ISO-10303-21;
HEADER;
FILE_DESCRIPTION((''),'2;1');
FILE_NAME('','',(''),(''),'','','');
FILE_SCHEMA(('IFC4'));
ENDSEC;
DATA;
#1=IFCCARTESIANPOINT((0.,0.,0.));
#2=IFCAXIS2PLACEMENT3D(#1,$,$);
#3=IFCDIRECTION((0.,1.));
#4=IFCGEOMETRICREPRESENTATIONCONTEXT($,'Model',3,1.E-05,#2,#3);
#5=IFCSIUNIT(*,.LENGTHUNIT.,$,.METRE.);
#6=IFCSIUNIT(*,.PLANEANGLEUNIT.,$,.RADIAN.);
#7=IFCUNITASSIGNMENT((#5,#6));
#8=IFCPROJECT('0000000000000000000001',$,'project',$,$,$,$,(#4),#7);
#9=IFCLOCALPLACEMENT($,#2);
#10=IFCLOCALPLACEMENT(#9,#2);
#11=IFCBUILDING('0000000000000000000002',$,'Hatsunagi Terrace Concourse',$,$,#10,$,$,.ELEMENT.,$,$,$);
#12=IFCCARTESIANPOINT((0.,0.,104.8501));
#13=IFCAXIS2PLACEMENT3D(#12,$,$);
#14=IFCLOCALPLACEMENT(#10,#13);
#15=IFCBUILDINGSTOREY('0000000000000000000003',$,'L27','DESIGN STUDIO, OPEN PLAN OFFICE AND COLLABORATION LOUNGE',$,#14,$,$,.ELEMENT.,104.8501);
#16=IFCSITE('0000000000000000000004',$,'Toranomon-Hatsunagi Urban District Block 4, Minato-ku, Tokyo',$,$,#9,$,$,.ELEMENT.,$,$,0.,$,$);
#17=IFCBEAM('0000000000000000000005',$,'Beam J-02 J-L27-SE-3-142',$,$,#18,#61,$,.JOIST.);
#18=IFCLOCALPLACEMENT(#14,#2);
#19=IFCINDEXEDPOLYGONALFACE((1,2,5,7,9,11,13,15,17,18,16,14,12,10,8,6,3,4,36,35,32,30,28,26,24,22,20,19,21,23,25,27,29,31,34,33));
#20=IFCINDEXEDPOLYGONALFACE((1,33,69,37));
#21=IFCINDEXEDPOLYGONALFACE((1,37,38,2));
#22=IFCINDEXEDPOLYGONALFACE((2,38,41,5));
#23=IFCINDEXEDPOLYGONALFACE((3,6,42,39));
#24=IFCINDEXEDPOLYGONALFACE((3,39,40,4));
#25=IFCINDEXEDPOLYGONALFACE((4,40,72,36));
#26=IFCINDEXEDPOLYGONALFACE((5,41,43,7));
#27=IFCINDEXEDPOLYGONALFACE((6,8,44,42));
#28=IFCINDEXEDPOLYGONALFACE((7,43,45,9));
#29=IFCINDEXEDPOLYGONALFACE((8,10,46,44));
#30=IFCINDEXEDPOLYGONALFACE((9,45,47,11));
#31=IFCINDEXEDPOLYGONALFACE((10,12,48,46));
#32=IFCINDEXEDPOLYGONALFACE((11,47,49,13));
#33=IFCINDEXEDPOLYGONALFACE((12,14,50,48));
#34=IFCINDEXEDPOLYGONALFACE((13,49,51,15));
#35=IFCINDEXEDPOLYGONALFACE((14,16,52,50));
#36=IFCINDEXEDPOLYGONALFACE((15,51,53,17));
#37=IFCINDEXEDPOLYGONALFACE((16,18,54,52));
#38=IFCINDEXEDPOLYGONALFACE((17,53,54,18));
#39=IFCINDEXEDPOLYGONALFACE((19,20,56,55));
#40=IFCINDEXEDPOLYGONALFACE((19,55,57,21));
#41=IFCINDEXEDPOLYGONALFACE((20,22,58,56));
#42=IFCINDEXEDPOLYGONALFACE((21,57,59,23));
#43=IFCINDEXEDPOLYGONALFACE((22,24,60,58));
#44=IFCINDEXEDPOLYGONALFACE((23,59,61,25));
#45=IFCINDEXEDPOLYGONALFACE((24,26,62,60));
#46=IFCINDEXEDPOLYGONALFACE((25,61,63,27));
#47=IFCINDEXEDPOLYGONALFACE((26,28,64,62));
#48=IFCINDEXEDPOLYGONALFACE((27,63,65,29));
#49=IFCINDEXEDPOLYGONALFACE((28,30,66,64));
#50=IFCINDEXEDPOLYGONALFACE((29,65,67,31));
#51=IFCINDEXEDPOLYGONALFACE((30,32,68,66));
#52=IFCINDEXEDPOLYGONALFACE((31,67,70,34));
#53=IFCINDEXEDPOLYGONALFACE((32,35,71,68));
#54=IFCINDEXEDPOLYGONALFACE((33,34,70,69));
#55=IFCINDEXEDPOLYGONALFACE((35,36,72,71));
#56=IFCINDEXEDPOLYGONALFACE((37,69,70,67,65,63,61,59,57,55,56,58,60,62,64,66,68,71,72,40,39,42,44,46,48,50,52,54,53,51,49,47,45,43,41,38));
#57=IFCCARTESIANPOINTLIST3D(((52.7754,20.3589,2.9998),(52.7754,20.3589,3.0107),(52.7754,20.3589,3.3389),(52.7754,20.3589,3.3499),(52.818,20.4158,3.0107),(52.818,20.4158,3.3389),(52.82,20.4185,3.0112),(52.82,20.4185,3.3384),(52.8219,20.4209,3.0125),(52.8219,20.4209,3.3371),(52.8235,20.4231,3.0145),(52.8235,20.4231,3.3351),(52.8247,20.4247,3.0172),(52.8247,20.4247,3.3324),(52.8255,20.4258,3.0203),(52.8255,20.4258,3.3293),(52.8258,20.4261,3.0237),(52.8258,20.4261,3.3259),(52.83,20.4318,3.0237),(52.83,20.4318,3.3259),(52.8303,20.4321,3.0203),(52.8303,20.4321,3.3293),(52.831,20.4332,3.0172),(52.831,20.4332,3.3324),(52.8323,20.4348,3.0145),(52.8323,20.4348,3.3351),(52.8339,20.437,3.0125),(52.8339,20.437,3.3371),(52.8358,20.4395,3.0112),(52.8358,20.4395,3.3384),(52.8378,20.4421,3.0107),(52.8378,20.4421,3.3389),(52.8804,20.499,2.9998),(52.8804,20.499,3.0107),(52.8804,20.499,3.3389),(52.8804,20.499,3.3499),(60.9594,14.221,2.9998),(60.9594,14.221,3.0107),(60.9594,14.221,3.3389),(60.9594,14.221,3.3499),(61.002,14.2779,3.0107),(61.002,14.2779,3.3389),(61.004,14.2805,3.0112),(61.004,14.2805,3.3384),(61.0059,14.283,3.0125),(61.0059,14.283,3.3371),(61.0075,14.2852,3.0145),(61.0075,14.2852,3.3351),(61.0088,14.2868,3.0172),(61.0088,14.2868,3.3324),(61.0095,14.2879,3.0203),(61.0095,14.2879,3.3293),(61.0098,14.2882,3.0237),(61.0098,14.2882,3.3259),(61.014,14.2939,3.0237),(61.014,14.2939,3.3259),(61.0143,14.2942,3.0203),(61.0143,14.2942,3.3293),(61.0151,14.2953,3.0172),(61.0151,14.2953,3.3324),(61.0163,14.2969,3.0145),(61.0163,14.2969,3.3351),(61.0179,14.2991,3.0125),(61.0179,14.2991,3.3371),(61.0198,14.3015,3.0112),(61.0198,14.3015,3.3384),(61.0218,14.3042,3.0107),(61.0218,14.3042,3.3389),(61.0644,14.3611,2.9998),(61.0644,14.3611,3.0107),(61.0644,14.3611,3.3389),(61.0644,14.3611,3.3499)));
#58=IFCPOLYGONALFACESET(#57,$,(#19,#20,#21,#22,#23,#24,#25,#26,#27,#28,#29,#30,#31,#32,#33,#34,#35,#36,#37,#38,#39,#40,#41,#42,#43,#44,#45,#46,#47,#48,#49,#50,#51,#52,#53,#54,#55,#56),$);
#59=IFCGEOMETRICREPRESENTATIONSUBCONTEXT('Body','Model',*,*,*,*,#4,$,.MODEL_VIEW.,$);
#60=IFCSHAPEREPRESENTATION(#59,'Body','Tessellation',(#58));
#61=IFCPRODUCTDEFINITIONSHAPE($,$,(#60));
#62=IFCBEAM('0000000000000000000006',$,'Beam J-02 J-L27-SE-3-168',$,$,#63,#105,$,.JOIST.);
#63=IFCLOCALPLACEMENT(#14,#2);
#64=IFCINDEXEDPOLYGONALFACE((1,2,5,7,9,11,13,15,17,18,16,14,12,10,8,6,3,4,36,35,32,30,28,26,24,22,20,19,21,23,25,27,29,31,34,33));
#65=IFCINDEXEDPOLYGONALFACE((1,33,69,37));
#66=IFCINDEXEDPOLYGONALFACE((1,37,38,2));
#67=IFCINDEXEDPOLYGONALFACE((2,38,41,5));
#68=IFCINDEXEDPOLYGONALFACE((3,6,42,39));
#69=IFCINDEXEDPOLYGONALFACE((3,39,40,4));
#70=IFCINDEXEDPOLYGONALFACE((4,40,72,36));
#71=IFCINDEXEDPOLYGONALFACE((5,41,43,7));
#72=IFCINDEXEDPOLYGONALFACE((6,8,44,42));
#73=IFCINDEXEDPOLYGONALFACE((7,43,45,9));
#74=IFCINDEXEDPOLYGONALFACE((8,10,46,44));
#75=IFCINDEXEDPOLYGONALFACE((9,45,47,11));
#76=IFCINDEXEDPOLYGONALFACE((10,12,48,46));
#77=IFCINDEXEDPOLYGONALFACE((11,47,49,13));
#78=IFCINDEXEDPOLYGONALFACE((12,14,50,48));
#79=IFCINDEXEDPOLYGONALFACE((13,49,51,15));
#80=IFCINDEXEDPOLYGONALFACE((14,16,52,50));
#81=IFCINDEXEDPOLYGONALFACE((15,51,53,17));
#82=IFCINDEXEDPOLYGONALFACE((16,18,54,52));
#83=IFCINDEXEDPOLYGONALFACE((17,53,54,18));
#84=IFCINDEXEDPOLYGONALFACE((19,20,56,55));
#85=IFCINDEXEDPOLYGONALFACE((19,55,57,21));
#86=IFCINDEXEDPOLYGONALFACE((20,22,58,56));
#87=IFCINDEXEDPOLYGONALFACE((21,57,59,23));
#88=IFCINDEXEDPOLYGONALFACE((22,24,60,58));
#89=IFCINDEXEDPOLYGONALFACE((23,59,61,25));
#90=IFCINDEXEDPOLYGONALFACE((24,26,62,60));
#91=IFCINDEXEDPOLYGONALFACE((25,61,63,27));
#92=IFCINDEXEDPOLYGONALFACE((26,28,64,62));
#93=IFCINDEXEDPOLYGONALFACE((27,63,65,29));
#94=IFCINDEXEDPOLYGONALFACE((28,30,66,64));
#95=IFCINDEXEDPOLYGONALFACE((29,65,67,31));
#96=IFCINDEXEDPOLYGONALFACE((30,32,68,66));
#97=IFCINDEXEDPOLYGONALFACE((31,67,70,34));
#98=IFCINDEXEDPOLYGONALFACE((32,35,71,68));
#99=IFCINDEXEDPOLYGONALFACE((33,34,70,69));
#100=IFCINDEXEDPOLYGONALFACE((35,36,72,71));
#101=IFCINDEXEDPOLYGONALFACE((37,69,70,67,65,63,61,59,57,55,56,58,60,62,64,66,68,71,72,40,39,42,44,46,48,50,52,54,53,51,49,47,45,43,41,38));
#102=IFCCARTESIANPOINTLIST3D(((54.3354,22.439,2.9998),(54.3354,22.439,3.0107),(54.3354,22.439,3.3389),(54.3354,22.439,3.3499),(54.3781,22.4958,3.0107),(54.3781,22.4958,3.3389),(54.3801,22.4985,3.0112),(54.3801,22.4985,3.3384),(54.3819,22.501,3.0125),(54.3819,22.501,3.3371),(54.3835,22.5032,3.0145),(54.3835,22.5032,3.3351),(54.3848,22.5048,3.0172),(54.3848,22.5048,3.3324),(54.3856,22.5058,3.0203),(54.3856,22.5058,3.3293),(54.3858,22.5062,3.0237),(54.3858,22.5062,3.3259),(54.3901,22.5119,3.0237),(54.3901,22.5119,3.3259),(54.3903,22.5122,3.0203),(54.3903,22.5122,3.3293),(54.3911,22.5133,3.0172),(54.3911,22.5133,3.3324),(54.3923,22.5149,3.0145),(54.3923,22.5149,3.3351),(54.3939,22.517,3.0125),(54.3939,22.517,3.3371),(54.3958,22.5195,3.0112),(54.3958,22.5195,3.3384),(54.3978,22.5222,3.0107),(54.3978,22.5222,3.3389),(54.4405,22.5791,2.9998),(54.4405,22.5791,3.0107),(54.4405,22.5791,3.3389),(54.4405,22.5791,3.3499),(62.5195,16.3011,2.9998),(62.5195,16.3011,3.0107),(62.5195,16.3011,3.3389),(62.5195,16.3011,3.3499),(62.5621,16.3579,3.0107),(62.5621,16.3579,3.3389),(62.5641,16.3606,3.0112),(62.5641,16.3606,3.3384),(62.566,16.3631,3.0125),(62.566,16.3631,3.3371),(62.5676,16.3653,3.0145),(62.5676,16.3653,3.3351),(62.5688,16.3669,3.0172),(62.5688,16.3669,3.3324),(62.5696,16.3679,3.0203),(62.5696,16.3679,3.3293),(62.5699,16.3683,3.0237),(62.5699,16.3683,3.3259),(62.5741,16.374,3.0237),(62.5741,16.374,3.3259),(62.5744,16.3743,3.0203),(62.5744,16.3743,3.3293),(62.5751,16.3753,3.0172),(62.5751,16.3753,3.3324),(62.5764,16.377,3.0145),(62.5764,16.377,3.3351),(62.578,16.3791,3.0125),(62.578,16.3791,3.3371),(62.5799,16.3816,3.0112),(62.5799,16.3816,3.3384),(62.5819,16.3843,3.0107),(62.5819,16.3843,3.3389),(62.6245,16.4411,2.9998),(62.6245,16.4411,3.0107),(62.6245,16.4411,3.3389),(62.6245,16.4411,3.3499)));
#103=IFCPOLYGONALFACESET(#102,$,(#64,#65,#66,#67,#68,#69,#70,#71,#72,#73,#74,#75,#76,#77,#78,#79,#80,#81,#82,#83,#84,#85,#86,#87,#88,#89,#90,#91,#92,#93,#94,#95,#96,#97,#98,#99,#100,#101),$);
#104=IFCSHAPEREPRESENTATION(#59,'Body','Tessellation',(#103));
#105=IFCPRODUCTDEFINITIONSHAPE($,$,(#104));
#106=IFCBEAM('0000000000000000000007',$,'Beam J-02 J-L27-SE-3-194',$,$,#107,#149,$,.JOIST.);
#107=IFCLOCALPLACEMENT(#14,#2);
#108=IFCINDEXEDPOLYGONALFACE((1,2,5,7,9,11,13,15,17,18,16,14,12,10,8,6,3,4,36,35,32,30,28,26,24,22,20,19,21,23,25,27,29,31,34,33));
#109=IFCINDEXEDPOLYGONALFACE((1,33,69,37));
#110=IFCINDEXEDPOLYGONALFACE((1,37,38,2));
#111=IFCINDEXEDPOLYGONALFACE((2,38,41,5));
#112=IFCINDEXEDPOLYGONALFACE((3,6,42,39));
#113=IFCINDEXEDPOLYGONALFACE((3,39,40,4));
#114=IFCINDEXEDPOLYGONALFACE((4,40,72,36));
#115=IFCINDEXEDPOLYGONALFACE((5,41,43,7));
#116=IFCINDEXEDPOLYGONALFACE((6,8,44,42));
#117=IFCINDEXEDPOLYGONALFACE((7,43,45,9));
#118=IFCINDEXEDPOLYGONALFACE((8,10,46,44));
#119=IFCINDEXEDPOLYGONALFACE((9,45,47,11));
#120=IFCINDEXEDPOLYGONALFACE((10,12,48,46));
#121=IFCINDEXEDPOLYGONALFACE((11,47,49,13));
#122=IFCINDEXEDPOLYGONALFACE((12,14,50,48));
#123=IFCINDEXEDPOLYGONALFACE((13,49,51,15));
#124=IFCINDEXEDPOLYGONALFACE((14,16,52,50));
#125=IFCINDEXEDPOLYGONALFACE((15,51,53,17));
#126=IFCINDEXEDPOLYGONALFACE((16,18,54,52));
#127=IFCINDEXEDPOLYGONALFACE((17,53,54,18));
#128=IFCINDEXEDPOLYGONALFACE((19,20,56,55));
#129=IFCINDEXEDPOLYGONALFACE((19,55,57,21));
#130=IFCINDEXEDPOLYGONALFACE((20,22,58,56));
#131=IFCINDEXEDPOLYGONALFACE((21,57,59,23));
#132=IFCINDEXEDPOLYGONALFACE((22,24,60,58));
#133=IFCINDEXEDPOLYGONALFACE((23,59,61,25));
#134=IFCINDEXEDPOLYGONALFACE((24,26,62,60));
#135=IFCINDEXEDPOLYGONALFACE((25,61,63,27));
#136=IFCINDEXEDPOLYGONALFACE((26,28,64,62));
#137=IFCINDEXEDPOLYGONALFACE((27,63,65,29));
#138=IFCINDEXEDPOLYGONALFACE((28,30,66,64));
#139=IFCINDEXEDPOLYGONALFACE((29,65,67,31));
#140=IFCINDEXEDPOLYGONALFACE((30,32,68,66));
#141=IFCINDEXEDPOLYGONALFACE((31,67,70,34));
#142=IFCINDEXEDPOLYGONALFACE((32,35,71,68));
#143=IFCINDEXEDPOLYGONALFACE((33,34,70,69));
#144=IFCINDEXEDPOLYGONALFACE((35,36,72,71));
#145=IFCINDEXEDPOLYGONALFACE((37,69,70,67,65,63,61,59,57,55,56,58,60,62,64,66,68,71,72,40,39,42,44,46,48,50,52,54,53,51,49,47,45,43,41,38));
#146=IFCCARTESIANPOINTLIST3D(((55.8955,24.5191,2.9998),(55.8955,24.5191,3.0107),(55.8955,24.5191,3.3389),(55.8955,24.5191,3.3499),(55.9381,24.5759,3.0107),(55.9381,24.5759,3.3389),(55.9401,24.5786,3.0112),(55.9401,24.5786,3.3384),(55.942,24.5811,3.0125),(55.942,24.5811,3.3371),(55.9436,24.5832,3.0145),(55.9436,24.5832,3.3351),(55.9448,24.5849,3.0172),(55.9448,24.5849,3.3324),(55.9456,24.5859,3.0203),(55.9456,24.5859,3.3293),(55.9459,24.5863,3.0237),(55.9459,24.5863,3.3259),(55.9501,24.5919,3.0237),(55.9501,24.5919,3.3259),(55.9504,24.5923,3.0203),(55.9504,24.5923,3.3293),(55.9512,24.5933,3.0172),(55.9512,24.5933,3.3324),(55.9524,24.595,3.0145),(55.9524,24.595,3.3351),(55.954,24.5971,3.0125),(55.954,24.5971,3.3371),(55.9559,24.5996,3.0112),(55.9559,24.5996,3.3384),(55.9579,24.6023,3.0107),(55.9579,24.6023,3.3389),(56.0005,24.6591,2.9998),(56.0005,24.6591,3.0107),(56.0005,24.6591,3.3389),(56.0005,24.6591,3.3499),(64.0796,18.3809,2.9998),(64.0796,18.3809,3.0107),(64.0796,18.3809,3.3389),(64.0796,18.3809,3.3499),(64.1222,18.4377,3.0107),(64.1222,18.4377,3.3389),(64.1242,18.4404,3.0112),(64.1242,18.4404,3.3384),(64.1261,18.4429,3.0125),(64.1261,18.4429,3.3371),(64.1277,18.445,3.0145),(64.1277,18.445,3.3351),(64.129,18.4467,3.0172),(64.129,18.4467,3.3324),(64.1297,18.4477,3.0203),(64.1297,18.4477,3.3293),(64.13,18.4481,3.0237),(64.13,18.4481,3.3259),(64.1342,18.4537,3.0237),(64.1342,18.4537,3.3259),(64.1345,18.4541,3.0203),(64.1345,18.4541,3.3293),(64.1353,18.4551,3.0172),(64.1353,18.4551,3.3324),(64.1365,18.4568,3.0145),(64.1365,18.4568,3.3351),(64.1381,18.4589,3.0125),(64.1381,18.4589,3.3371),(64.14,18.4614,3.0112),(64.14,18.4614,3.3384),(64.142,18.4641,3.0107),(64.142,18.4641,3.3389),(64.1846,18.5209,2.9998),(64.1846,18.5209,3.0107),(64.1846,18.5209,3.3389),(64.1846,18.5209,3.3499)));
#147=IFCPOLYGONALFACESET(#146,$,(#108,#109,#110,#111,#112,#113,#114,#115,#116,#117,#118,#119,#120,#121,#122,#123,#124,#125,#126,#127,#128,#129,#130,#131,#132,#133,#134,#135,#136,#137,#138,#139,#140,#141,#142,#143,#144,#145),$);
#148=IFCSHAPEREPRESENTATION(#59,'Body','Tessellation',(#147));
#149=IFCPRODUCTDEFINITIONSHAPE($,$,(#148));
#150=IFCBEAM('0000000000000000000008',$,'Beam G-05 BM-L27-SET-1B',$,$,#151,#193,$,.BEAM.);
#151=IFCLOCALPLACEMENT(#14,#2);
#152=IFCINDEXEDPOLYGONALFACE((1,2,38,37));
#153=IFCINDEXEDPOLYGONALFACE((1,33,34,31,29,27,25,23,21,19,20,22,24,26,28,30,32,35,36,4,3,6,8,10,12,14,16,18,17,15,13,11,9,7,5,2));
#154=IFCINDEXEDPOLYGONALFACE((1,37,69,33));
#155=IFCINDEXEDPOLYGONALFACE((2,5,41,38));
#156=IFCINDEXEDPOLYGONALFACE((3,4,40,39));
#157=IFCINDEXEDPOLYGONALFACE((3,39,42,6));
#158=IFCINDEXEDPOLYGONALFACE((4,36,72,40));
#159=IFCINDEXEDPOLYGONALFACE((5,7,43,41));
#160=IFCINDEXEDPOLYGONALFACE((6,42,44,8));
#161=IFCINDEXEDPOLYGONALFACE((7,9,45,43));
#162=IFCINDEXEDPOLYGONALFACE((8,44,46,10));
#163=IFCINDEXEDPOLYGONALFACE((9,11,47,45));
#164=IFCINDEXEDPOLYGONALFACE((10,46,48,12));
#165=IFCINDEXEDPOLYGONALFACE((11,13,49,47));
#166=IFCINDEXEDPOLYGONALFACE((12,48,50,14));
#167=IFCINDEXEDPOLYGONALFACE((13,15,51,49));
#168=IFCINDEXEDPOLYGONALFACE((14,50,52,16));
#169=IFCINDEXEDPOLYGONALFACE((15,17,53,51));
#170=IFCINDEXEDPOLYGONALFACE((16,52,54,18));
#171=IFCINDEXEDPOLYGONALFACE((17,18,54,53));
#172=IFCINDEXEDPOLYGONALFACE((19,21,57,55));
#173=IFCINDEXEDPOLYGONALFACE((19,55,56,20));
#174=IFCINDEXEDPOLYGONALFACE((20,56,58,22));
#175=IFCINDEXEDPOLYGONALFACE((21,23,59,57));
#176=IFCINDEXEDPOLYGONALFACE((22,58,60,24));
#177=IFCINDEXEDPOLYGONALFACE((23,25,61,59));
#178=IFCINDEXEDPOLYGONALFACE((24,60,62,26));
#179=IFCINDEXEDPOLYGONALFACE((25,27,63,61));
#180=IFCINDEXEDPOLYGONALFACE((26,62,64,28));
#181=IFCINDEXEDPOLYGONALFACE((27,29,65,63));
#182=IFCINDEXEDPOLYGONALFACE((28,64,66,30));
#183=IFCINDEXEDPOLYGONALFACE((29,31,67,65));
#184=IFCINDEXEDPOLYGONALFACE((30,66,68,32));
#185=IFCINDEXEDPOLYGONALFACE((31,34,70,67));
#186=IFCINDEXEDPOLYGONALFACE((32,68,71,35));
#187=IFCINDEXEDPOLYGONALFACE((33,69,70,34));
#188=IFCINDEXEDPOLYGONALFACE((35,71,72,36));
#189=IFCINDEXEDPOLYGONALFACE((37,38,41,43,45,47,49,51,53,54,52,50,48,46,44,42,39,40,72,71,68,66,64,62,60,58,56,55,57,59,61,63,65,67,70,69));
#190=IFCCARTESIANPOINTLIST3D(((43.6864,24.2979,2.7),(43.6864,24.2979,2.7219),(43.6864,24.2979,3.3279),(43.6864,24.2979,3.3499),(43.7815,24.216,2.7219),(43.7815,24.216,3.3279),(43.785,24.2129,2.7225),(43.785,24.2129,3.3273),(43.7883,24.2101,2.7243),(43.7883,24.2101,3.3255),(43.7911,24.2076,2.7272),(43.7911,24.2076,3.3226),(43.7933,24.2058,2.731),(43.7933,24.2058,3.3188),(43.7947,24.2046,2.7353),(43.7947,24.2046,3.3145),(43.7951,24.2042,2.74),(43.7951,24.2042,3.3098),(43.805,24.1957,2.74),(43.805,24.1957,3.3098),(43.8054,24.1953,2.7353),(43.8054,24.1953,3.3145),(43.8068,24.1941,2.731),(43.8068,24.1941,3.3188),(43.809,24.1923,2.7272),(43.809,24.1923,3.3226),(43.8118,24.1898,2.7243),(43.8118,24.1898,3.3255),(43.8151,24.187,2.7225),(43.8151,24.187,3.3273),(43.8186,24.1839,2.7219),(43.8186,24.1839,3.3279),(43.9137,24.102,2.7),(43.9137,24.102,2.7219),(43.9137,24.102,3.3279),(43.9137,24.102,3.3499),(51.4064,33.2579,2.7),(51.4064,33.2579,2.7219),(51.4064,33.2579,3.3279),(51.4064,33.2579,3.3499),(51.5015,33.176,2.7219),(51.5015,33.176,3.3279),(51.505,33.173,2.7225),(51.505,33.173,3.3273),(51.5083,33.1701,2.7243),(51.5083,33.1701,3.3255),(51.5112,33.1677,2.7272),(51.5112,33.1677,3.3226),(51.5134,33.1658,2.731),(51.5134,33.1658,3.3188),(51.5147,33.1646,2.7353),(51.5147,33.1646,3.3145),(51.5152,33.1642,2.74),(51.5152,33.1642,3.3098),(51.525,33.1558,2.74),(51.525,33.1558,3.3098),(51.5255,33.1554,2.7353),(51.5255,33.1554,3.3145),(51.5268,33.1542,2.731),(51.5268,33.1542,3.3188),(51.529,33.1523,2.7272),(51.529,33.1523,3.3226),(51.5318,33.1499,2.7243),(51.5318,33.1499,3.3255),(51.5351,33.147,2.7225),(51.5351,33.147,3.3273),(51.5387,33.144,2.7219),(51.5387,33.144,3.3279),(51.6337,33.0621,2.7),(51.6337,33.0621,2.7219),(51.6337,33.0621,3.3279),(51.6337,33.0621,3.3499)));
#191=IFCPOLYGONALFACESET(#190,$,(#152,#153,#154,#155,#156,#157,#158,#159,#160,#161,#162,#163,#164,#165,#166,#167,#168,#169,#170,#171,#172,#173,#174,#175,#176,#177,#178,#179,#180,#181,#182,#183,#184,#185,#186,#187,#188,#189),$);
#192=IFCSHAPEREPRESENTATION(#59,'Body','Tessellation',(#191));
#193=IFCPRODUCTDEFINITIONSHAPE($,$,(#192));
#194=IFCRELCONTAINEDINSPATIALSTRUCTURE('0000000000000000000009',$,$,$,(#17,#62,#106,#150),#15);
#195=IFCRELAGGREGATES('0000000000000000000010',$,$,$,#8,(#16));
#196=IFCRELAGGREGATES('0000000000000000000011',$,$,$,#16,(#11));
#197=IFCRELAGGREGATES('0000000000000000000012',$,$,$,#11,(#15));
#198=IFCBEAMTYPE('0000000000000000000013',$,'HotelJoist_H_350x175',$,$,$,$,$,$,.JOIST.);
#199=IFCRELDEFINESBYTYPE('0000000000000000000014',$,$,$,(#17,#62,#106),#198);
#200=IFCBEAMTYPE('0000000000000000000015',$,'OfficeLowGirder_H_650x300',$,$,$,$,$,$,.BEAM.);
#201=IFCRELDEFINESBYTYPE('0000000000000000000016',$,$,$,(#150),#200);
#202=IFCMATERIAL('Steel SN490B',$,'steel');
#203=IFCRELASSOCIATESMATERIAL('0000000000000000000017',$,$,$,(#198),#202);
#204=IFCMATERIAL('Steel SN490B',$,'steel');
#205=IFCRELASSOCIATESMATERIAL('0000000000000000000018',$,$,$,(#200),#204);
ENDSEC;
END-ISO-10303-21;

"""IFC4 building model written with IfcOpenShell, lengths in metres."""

from ifc_helpers import new_model, si_unit, direction, frame, origin, origin_2d, place, context, subcontext, project, spatial, i_section, extrude, material, material_profile, profile_set, type_object, element, save


model = new_model("IFC4")

# Units and contexts
model_context = context("Model", 3, precision=1e-05, world=origin(), true_north=direction((0.0, 1.0)))
body_context = subcontext(model_context, "Body", "Model", "MODEL_VIEW")
ifc_project = project(units=[si_unit("LENGTHUNIT", "METRE"), si_unit("PLANEANGLEUNIT", "RADIAN")], contexts=[model_context])

# Site, building, storey
site_placement = place(None, origin())
site = spatial("IfcSite", under=ifc_project, at=site_placement, Name="Toranomon-Hatsunagi Urban District Block 4, Minato-ku, Tokyo", CompositionType="ELEMENT", RefElevation=0.0)
building_placement = place(site_placement, origin())
building = spatial("IfcBuilding", under=site, at=building_placement, Name="Hatsunagi Terrace Concourse", CompositionType="ELEMENT")
storey_placement = place(building_placement, frame((0.0, 0.0, 104.8501)))
storey = spatial("IfcBuildingStorey", under=building, at=storey_placement, Name="L27", Description="DESIGN STUDIO, OPEN PLAN OFFICE AND COLLABORATION LOUNGE", CompositionType="ELEMENT", Elevation=104.8501)

# Beams
ifc_material_1 = material(Name="Steel SN490B", Category="steel")
ifc_material_profile_1 = material_profile(ifc_material_1, i_section(OverallWidth=0.175, OverallDepth=0.3501, WebThickness=0.0071, FlangeThickness=0.011, FilletRadius=0.0129, at=origin_2d()), Name="H-350x175x7x11")
ifc_profile_set_1 = profile_set([ifc_material_profile_1], Name="Steel SN490B")
beam_type_1 = type_object("IfcBeamType", Name="HotelJoist_H_350x175", PredefinedType="JOIST", material=ifc_profile_set_1)
for number, where, z_axis, x_axis, name in (
    (1, (52.8279, 20.429, 3.1748), (0.800006, -0.599992, 0.0), (0.599992, 0.800006, 0.0), "Beam J-02 J-L27-SE-3-142"),
    (2, (54.3879, 22.509, 3.1748), (0.800006, -0.599992, 0.0), (0.599992, 0.800006, 0.0), "Beam J-02 J-L27-SE-3-168"),
):
    element("IfcBeam", number, at=place(storey_placement, frame(where, z_axis=z_axis, x_axis=x_axis)), inside=storey, type_object=beam_type_1, Name=name, PredefinedType="JOIST", context=body_context, shape_type="SweptSolid", body=[
        extrude(i_section(OverallWidth=0.175, OverallDepth=0.3501, WebThickness=0.0071, FlangeThickness=0.011, FilletRadius=0.0129, at=origin_2d()), origin(), (0.0, 0.0, 1.0), 10.23),
    ])
beam_1_placement = place(storey_placement, frame((55.948, 24.5891, 3.1748), z_axis=(0.799994, -0.600008, 0.0), x_axis=(0.600008, 0.799994, 0.0)))
element("IfcBeam", 3, at=beam_1_placement, inside=storey, type_object=beam_type_1, Name="Beam J-02 J-L27-SE-3-194", PredefinedType="JOIST", context=body_context, shape_type="SweptSolid", body=[
    extrude(i_section(OverallWidth=0.175, OverallDepth=0.3501, WebThickness=0.0071, FlangeThickness=0.011, FilletRadius=0.0129, at=origin_2d()), origin(), (0.0, 0.0, 1.0), 10.2302),
])
ifc_material_2 = material(Name="Steel SN490B", Category="steel")
ifc_material_profile_2 = material_profile(ifc_material_2, i_section(OverallWidth=0.3, OverallDepth=0.6499, WebThickness=0.0129, FlangeThickness=0.022, FilletRadius=0.0181, at=origin_2d()), Name="H-650x300x13x22")
ifc_profile_set_2 = profile_set([ifc_material_profile_2], Name="Steel SN490B")
beam_type_2 = type_object("IfcBeamType", Name="OfficeLowGirder_H_650x300", PredefinedType="BEAM", material=ifc_profile_set_2)
beam_2_placement = place(storey_placement, frame((43.8, 24.2, 3.0249), z_axis=(0.652739, 0.757583, 0.0), x_axis=(-0.757583, 0.652739, 0.0)))
element("IfcBeam", 4, at=beam_2_placement, inside=storey, type_object=beam_type_2, Name="Beam G-05 BM-L27-SET-1B", PredefinedType="BEAM", context=body_context, shape_type="SweptSolid", body=[
    extrude(i_section(OverallWidth=0.3, OverallDepth=0.6499, WebThickness=0.0129, FlangeThickness=0.022, FilletRadius=0.0181, at=origin_2d()), origin(), (0.0, 0.0, 1.0), 11.8271),
])

save(model, "model.ifc")
